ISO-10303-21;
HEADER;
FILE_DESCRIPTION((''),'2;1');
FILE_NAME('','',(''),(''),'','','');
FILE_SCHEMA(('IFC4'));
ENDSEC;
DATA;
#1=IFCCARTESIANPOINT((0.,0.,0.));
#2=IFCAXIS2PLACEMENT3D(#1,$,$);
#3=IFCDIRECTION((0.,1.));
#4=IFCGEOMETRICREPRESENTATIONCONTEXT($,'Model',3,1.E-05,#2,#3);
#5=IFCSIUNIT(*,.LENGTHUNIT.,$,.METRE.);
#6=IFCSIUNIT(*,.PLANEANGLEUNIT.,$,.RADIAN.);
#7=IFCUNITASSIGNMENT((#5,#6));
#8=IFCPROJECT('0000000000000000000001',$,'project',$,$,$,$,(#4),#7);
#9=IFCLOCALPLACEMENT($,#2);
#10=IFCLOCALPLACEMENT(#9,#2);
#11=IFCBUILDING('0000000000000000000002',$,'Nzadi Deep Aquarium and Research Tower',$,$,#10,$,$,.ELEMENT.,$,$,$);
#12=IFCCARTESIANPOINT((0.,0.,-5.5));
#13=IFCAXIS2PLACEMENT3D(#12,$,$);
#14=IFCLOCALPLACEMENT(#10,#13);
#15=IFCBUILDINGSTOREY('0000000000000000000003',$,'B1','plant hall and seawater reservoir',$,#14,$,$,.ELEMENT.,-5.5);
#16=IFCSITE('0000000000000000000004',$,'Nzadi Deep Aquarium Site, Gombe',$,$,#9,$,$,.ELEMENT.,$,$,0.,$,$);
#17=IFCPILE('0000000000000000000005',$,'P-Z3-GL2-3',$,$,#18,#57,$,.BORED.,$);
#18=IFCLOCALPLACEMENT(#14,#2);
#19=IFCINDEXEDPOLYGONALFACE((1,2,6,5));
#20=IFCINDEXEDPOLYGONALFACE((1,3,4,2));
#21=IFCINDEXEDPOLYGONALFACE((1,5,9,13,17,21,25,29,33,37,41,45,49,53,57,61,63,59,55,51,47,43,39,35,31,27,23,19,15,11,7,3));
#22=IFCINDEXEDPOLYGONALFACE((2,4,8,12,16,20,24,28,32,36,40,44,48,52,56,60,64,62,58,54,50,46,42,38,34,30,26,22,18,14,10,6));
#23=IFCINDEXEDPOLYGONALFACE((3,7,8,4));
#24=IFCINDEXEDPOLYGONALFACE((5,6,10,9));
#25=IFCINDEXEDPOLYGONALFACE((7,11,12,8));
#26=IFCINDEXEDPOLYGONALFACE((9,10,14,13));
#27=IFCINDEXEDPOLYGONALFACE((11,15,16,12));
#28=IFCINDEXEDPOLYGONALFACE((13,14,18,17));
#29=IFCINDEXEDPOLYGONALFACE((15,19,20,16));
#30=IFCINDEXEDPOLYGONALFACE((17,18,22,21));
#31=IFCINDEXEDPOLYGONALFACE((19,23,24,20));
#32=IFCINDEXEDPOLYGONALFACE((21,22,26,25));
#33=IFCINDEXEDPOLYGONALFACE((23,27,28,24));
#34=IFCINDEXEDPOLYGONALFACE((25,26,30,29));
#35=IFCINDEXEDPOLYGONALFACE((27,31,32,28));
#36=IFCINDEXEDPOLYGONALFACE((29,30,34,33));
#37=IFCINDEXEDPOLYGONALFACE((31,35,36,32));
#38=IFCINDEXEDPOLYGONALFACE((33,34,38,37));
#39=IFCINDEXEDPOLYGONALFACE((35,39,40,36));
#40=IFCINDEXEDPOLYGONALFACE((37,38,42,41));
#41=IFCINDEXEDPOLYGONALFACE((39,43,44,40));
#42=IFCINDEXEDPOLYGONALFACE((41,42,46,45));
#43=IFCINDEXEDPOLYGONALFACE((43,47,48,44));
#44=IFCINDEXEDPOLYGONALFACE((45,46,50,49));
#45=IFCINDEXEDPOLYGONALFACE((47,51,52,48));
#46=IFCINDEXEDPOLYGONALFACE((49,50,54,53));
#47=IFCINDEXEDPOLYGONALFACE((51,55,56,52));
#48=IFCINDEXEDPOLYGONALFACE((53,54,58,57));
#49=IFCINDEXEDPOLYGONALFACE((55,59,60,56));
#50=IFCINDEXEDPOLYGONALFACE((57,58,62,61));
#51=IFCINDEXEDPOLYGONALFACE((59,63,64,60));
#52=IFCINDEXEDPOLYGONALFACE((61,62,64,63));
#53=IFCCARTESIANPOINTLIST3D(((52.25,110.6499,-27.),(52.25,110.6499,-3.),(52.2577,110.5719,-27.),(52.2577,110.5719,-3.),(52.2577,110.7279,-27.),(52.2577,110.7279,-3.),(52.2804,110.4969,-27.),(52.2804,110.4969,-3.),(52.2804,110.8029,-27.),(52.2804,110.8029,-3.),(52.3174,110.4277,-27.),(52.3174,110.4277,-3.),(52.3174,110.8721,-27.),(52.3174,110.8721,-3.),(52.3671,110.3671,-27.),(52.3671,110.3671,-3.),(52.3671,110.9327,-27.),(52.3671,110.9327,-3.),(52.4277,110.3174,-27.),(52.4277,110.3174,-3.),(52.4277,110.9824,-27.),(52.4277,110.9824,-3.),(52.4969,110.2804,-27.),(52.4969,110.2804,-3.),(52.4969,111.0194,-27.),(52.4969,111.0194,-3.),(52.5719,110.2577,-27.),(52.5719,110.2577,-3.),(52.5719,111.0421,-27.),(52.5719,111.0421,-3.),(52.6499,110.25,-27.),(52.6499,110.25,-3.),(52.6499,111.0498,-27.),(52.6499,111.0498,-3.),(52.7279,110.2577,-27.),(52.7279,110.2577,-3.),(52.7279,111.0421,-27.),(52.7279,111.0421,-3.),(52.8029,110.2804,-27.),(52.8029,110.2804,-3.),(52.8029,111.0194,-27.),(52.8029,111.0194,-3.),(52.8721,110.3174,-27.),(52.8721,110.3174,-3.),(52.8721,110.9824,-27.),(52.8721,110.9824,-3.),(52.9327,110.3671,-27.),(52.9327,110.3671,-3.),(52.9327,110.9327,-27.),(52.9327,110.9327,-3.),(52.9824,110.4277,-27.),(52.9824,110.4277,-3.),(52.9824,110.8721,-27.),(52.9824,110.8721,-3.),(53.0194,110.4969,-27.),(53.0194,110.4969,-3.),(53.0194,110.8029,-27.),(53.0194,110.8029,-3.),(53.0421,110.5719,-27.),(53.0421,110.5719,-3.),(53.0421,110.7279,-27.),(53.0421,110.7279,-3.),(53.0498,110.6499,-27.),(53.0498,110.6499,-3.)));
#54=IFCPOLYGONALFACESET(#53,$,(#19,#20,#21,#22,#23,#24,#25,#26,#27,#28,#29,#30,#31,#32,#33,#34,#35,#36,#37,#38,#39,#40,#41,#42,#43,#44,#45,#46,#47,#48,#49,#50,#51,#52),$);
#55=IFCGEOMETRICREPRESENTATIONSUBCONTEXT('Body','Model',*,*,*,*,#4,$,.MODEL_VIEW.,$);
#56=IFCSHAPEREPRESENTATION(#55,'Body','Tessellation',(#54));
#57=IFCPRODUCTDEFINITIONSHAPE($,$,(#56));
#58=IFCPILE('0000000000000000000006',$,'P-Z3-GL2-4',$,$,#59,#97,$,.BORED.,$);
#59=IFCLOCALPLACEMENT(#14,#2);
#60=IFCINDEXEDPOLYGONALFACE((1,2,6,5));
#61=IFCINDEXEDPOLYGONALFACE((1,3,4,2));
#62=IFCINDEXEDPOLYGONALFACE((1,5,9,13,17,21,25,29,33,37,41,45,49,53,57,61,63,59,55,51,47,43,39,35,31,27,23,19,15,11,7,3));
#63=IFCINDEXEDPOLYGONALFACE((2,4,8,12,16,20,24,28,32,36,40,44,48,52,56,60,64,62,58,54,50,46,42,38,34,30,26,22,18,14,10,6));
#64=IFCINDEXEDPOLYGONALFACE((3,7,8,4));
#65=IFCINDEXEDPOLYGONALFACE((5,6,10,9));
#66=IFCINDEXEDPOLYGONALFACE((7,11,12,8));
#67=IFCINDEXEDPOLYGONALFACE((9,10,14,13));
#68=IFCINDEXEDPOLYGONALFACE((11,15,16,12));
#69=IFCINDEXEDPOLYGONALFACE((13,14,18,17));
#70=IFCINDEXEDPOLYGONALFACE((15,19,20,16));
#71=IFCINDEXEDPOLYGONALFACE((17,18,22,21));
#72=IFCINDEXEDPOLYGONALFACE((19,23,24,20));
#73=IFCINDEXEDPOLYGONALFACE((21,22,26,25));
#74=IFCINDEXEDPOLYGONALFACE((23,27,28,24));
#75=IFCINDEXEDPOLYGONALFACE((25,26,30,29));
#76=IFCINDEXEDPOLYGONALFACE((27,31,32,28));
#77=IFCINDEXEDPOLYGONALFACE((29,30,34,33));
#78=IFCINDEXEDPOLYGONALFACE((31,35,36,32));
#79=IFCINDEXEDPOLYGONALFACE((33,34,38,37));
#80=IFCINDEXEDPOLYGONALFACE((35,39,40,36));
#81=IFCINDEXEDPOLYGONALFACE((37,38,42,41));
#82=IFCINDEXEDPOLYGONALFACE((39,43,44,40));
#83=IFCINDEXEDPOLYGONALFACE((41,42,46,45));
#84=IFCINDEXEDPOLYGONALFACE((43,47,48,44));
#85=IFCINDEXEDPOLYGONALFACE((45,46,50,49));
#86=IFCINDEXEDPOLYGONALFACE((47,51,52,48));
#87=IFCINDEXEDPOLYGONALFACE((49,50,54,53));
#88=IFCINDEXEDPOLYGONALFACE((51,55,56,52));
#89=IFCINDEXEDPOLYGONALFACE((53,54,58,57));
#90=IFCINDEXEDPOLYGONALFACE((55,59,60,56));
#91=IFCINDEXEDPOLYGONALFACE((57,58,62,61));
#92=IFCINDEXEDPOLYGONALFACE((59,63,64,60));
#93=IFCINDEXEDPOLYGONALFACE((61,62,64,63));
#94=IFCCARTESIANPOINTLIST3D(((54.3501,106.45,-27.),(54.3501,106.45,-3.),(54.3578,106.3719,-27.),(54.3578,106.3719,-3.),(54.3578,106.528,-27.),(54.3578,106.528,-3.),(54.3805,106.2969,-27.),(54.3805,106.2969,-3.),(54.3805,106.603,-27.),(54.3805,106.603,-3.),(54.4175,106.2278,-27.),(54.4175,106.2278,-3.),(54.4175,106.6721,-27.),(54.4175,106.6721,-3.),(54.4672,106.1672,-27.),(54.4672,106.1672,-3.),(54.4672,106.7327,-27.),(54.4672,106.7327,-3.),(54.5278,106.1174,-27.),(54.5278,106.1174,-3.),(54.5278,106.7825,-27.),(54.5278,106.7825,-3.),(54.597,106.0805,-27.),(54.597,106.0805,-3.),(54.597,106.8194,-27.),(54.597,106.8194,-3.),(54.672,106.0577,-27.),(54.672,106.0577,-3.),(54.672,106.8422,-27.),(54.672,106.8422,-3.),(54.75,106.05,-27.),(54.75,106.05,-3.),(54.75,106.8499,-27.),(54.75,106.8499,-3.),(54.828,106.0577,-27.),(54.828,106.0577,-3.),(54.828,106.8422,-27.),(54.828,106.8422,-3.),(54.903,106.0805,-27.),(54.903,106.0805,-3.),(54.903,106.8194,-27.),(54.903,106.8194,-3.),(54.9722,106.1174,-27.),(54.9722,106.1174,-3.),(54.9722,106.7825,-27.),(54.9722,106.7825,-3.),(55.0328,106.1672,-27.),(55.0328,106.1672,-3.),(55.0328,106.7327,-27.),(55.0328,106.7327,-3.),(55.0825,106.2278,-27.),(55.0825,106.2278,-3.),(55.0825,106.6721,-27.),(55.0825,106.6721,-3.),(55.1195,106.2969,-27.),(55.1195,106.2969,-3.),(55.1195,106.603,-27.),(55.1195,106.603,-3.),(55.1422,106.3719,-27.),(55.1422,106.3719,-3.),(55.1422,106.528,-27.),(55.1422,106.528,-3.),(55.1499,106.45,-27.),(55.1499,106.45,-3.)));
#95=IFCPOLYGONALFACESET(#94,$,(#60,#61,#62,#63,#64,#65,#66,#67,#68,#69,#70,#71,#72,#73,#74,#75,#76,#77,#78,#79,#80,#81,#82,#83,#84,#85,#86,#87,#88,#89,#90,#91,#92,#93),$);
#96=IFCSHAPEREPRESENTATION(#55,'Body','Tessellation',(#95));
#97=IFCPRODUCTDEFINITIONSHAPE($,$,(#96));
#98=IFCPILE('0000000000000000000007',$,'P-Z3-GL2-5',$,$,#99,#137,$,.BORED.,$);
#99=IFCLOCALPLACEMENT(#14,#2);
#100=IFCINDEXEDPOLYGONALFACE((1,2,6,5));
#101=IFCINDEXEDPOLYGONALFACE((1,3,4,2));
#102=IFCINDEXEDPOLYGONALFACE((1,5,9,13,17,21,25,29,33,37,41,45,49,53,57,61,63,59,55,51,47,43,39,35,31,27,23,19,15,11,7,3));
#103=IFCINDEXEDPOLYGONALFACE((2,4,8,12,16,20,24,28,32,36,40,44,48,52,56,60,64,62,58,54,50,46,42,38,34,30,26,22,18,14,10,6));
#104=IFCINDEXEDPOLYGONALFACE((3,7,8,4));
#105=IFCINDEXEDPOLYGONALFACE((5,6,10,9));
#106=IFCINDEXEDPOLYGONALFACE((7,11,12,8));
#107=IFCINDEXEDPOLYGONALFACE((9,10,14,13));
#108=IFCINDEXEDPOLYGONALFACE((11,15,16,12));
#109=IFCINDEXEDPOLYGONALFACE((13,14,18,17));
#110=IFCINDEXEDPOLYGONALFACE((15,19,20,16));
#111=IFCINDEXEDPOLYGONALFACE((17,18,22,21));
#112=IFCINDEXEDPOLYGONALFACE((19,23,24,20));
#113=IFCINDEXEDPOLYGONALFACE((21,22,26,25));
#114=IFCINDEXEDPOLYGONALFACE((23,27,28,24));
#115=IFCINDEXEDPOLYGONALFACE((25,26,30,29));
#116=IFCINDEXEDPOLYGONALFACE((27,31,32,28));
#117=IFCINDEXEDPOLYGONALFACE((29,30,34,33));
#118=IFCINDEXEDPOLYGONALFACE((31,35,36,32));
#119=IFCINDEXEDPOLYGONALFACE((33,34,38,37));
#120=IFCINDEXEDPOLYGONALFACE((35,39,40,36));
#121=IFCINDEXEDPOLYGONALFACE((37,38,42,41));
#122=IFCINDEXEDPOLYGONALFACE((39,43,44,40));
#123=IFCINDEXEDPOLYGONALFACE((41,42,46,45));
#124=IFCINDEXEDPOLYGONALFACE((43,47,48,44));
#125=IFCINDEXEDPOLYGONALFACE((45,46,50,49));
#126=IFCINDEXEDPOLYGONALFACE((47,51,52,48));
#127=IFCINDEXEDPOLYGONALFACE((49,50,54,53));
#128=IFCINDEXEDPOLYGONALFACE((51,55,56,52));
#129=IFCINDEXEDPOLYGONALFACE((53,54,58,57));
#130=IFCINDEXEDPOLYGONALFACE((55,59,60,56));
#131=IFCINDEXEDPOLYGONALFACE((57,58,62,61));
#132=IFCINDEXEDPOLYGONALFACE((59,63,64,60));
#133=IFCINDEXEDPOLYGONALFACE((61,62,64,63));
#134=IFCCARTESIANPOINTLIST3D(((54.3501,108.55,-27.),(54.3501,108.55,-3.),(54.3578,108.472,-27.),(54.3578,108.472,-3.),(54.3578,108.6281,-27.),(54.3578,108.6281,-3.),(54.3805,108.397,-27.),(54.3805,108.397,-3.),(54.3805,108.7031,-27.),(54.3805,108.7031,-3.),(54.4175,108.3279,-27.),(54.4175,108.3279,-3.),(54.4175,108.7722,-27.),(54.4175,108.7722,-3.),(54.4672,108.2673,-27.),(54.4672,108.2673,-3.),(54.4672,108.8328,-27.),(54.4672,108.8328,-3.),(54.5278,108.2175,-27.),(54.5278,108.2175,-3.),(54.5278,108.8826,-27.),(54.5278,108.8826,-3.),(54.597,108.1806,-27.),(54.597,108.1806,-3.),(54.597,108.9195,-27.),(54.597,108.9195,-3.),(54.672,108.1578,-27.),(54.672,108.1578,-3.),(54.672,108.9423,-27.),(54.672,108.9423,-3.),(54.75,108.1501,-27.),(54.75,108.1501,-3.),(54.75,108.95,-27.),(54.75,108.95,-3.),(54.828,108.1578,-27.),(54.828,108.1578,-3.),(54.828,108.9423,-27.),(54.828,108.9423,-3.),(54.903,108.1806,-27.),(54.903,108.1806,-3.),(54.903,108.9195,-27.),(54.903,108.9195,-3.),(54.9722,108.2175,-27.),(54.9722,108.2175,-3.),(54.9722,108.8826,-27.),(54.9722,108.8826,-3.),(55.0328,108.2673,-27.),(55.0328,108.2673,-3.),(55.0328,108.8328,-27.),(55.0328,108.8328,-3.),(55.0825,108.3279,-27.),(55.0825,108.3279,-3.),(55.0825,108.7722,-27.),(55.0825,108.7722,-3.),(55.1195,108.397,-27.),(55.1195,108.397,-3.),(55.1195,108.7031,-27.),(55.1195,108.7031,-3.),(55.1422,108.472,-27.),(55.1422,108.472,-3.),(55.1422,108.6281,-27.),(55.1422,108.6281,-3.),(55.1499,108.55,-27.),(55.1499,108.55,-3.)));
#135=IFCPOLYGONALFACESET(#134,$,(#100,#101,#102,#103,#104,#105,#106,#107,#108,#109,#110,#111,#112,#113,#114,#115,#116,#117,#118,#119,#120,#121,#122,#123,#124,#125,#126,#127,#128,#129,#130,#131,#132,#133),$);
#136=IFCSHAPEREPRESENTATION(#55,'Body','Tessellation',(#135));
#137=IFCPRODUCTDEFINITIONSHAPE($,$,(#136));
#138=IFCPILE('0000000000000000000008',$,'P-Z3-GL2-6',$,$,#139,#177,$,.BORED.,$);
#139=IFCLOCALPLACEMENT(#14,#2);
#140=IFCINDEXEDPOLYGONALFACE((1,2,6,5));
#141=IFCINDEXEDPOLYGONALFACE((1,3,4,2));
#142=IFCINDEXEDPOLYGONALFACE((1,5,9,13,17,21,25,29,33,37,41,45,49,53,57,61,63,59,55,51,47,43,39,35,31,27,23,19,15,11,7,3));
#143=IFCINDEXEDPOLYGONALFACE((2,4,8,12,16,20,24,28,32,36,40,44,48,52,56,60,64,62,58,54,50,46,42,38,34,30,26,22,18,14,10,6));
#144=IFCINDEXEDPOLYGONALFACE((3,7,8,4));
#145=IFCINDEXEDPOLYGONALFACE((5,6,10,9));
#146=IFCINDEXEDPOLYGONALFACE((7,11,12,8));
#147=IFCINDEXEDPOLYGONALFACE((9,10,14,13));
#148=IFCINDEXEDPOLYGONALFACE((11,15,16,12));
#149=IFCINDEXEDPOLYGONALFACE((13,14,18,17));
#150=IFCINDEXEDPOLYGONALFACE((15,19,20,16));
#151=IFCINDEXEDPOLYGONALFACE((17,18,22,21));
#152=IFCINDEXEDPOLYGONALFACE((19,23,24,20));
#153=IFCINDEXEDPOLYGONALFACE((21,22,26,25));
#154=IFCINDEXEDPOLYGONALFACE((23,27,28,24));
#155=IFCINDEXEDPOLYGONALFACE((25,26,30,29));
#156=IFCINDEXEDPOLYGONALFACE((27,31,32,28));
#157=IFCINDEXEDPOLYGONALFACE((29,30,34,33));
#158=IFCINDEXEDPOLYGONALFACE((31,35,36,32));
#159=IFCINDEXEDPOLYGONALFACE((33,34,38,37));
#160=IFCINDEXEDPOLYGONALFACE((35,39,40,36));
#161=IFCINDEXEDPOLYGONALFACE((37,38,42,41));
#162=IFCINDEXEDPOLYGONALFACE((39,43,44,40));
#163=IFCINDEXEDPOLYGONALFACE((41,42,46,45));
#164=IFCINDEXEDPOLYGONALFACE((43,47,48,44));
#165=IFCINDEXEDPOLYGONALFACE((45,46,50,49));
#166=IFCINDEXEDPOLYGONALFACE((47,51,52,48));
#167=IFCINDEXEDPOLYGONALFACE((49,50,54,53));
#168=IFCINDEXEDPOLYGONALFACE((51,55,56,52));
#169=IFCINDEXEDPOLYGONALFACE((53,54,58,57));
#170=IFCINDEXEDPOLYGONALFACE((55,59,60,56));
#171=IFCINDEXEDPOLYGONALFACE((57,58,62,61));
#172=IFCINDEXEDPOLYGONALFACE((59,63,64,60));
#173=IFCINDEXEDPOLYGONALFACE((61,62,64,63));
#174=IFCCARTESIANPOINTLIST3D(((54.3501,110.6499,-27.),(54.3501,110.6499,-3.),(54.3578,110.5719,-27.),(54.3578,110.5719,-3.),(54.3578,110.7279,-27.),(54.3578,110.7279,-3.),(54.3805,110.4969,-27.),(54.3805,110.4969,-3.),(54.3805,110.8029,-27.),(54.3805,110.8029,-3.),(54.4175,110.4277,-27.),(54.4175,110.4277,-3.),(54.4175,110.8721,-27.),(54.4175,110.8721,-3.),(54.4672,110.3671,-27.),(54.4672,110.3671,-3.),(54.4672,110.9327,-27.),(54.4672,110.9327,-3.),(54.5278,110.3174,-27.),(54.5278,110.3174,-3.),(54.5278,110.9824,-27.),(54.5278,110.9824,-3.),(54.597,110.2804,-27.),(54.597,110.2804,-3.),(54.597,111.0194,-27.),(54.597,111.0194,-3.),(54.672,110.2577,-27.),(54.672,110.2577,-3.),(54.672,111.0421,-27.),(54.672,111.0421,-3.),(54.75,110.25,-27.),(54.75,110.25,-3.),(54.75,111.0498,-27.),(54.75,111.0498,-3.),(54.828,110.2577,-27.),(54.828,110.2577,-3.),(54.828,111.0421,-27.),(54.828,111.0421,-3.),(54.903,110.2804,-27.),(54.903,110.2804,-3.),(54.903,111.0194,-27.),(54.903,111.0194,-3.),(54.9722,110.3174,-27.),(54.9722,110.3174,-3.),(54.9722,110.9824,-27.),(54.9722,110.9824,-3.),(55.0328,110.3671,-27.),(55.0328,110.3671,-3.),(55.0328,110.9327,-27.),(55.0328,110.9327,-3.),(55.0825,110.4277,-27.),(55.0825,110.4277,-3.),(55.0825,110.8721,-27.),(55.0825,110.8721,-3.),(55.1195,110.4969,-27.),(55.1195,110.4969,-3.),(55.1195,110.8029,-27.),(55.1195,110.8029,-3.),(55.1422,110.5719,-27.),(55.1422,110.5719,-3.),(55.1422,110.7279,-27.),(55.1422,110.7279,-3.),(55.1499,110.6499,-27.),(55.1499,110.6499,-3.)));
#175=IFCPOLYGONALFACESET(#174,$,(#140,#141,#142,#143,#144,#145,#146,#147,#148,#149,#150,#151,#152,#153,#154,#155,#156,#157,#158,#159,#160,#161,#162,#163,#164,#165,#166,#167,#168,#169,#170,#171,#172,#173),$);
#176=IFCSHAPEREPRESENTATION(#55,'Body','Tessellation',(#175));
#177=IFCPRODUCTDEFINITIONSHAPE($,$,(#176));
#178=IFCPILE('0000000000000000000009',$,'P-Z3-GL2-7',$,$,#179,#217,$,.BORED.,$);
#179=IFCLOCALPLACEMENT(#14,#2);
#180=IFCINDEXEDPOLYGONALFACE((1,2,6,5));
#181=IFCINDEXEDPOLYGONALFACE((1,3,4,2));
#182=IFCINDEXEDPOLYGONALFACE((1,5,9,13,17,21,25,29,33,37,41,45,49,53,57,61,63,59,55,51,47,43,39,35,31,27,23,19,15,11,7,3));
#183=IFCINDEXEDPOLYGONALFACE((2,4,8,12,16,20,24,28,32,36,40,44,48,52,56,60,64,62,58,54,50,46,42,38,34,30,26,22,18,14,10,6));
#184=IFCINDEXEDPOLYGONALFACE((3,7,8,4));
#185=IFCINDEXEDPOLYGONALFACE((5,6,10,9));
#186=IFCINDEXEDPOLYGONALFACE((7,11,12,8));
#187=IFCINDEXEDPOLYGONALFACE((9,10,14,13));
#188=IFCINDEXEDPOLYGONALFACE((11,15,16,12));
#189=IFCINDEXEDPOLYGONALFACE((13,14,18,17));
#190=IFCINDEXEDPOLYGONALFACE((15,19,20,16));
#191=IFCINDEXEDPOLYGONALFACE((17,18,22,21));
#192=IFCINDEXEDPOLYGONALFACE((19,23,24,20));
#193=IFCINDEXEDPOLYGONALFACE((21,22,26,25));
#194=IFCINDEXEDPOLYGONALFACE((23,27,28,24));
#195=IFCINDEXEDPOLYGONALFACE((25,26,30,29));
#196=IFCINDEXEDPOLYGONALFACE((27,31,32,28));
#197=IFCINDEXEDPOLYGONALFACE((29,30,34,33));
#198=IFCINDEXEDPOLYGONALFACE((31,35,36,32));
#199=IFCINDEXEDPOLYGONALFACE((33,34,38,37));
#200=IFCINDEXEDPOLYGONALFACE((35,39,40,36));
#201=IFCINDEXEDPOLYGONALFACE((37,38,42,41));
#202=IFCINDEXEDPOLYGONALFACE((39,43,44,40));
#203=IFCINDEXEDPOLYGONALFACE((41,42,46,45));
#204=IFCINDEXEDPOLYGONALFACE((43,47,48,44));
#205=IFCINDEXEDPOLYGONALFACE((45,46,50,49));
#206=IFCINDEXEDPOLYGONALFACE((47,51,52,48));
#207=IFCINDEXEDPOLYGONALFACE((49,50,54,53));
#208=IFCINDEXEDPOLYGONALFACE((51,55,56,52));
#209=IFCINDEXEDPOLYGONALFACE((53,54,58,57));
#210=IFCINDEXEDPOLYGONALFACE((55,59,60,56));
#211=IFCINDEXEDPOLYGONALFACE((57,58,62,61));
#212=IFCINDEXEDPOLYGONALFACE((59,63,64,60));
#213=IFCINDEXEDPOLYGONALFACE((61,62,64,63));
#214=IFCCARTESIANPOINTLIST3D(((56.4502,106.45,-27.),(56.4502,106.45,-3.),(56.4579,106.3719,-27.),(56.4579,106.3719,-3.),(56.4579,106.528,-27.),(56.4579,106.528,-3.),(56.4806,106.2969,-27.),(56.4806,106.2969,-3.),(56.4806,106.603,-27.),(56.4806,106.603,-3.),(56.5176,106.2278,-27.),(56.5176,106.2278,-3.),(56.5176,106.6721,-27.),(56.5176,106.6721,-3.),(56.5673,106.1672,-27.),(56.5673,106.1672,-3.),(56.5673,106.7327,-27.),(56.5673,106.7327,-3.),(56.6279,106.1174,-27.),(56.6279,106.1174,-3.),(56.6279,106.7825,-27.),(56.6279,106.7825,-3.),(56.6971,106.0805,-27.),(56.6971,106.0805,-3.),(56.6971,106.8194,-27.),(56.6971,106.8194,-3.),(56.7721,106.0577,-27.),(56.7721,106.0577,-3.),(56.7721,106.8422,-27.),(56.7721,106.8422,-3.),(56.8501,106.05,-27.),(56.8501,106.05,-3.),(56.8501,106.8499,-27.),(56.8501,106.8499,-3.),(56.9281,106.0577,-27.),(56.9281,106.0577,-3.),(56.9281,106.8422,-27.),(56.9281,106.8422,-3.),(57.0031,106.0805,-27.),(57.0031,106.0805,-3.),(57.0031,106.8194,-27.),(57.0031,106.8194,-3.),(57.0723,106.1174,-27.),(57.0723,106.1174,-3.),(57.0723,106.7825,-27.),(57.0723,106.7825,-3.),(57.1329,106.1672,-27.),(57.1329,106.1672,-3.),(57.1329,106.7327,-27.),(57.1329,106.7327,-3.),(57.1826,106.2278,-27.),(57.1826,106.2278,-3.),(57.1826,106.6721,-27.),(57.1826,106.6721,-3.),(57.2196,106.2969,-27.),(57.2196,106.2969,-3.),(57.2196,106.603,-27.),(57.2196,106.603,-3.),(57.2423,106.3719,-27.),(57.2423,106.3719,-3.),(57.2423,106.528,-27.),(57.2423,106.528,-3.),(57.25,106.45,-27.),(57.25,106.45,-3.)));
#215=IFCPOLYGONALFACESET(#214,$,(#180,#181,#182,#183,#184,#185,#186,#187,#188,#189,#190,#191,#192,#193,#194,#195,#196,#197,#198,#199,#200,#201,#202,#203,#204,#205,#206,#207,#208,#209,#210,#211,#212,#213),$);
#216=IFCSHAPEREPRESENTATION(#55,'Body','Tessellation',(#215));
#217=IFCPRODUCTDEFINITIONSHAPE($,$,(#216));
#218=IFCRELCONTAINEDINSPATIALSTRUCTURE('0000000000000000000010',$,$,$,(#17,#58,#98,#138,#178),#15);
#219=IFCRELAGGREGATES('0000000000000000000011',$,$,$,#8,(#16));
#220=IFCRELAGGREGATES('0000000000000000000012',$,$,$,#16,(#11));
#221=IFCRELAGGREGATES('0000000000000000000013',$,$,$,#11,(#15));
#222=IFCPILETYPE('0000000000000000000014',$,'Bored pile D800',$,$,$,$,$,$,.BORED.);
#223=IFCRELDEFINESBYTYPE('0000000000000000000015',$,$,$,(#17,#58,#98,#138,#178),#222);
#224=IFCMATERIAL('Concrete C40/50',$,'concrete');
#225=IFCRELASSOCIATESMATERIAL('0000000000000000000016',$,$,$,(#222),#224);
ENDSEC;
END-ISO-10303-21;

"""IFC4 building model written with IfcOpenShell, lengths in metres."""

from ifc_helpers import new_model, si_unit, direction, frame, origin, origin_2d, place, context, subcontext, project, spatial, circle, extrude, material, material_profile, profile_set, type_object, element, save


model = new_model("IFC4")

# Units and contexts
model_context = context("Model", 3, precision=1e-05, world=origin(), true_north=direction((0.0, 1.0)))
body_context = subcontext(model_context, "Body", "Model", "MODEL_VIEW")
ifc_project = project(units=[si_unit("LENGTHUNIT", "METRE"), si_unit("PLANEANGLEUNIT", "RADIAN")], contexts=[model_context])

# Site, building, storey
site_placement = place(None, origin())
site = spatial("IfcSite", under=ifc_project, at=site_placement, Name="Nzadi Deep Aquarium Site, Gombe", CompositionType="ELEMENT", RefElevation=0.0)
building_placement = place(site_placement, origin())
building = spatial("IfcBuilding", under=site, at=building_placement, Name="Nzadi Deep Aquarium and Research Tower", CompositionType="ELEMENT")
storey_placement = place(building_placement, frame((0.0, 0.0, -5.5)))
storey = spatial("IfcBuildingStorey", under=building, at=storey_placement, Name="B1", Description="plant hall and seawater reservoir", CompositionType="ELEMENT", Elevation=-5.5)

# Piles
ifc_material_1 = material(Name="Concrete C40/50", Category="concrete")
ifc_material_profile_1 = material_profile(ifc_material_1, circle(Radius=0.3999, at=origin_2d()))
ifc_profile_set_1 = profile_set([ifc_material_profile_1], Name="Concrete C40/50")
pile_type_1 = type_object("IfcPileType", Name="Bored pile D800", PredefinedType="BORED", material=ifc_profile_set_1)
for number, where, z_axis, x_axis, name in (
    (1, (52.6499, 110.6499, -3.0), (0.0, 0.0, -1.0), (1.0, 0.0, 0.0), "P-Z3-GL2-3"),
    (2, (54.75, 106.45, -3.0), (0.0, 0.0, -1.0), (1.0, 0.0, 0.0), "P-Z3-GL2-4"),
    (3, (54.75, 108.55, -3.0), (0.0, 0.0, -1.0), (1.0, 0.0, 0.0), "P-Z3-GL2-5"),
    (4, (54.75, 110.6499, -3.0), (0.0, 0.0, -1.0), (1.0, 0.0, 0.0), "P-Z3-GL2-6"),
    (5, (56.8501, 106.45, -3.0), (0.0, 0.0, -1.0), (1.0, 0.0, 0.0), "P-Z3-GL2-7"),
):
    element("IfcPile", number, at=place(storey_placement, frame(where, z_axis=z_axis, x_axis=x_axis)), inside=storey, type_object=pile_type_1, Name=name, PredefinedType="BORED", context=body_context, shape_type="SweptSolid", body=[
        extrude(circle(Radius=0.3999, at=origin_2d()), origin(), (0.0, 0.0, 1.0), 24.0),
    ])

save(model, "model.ifc")
